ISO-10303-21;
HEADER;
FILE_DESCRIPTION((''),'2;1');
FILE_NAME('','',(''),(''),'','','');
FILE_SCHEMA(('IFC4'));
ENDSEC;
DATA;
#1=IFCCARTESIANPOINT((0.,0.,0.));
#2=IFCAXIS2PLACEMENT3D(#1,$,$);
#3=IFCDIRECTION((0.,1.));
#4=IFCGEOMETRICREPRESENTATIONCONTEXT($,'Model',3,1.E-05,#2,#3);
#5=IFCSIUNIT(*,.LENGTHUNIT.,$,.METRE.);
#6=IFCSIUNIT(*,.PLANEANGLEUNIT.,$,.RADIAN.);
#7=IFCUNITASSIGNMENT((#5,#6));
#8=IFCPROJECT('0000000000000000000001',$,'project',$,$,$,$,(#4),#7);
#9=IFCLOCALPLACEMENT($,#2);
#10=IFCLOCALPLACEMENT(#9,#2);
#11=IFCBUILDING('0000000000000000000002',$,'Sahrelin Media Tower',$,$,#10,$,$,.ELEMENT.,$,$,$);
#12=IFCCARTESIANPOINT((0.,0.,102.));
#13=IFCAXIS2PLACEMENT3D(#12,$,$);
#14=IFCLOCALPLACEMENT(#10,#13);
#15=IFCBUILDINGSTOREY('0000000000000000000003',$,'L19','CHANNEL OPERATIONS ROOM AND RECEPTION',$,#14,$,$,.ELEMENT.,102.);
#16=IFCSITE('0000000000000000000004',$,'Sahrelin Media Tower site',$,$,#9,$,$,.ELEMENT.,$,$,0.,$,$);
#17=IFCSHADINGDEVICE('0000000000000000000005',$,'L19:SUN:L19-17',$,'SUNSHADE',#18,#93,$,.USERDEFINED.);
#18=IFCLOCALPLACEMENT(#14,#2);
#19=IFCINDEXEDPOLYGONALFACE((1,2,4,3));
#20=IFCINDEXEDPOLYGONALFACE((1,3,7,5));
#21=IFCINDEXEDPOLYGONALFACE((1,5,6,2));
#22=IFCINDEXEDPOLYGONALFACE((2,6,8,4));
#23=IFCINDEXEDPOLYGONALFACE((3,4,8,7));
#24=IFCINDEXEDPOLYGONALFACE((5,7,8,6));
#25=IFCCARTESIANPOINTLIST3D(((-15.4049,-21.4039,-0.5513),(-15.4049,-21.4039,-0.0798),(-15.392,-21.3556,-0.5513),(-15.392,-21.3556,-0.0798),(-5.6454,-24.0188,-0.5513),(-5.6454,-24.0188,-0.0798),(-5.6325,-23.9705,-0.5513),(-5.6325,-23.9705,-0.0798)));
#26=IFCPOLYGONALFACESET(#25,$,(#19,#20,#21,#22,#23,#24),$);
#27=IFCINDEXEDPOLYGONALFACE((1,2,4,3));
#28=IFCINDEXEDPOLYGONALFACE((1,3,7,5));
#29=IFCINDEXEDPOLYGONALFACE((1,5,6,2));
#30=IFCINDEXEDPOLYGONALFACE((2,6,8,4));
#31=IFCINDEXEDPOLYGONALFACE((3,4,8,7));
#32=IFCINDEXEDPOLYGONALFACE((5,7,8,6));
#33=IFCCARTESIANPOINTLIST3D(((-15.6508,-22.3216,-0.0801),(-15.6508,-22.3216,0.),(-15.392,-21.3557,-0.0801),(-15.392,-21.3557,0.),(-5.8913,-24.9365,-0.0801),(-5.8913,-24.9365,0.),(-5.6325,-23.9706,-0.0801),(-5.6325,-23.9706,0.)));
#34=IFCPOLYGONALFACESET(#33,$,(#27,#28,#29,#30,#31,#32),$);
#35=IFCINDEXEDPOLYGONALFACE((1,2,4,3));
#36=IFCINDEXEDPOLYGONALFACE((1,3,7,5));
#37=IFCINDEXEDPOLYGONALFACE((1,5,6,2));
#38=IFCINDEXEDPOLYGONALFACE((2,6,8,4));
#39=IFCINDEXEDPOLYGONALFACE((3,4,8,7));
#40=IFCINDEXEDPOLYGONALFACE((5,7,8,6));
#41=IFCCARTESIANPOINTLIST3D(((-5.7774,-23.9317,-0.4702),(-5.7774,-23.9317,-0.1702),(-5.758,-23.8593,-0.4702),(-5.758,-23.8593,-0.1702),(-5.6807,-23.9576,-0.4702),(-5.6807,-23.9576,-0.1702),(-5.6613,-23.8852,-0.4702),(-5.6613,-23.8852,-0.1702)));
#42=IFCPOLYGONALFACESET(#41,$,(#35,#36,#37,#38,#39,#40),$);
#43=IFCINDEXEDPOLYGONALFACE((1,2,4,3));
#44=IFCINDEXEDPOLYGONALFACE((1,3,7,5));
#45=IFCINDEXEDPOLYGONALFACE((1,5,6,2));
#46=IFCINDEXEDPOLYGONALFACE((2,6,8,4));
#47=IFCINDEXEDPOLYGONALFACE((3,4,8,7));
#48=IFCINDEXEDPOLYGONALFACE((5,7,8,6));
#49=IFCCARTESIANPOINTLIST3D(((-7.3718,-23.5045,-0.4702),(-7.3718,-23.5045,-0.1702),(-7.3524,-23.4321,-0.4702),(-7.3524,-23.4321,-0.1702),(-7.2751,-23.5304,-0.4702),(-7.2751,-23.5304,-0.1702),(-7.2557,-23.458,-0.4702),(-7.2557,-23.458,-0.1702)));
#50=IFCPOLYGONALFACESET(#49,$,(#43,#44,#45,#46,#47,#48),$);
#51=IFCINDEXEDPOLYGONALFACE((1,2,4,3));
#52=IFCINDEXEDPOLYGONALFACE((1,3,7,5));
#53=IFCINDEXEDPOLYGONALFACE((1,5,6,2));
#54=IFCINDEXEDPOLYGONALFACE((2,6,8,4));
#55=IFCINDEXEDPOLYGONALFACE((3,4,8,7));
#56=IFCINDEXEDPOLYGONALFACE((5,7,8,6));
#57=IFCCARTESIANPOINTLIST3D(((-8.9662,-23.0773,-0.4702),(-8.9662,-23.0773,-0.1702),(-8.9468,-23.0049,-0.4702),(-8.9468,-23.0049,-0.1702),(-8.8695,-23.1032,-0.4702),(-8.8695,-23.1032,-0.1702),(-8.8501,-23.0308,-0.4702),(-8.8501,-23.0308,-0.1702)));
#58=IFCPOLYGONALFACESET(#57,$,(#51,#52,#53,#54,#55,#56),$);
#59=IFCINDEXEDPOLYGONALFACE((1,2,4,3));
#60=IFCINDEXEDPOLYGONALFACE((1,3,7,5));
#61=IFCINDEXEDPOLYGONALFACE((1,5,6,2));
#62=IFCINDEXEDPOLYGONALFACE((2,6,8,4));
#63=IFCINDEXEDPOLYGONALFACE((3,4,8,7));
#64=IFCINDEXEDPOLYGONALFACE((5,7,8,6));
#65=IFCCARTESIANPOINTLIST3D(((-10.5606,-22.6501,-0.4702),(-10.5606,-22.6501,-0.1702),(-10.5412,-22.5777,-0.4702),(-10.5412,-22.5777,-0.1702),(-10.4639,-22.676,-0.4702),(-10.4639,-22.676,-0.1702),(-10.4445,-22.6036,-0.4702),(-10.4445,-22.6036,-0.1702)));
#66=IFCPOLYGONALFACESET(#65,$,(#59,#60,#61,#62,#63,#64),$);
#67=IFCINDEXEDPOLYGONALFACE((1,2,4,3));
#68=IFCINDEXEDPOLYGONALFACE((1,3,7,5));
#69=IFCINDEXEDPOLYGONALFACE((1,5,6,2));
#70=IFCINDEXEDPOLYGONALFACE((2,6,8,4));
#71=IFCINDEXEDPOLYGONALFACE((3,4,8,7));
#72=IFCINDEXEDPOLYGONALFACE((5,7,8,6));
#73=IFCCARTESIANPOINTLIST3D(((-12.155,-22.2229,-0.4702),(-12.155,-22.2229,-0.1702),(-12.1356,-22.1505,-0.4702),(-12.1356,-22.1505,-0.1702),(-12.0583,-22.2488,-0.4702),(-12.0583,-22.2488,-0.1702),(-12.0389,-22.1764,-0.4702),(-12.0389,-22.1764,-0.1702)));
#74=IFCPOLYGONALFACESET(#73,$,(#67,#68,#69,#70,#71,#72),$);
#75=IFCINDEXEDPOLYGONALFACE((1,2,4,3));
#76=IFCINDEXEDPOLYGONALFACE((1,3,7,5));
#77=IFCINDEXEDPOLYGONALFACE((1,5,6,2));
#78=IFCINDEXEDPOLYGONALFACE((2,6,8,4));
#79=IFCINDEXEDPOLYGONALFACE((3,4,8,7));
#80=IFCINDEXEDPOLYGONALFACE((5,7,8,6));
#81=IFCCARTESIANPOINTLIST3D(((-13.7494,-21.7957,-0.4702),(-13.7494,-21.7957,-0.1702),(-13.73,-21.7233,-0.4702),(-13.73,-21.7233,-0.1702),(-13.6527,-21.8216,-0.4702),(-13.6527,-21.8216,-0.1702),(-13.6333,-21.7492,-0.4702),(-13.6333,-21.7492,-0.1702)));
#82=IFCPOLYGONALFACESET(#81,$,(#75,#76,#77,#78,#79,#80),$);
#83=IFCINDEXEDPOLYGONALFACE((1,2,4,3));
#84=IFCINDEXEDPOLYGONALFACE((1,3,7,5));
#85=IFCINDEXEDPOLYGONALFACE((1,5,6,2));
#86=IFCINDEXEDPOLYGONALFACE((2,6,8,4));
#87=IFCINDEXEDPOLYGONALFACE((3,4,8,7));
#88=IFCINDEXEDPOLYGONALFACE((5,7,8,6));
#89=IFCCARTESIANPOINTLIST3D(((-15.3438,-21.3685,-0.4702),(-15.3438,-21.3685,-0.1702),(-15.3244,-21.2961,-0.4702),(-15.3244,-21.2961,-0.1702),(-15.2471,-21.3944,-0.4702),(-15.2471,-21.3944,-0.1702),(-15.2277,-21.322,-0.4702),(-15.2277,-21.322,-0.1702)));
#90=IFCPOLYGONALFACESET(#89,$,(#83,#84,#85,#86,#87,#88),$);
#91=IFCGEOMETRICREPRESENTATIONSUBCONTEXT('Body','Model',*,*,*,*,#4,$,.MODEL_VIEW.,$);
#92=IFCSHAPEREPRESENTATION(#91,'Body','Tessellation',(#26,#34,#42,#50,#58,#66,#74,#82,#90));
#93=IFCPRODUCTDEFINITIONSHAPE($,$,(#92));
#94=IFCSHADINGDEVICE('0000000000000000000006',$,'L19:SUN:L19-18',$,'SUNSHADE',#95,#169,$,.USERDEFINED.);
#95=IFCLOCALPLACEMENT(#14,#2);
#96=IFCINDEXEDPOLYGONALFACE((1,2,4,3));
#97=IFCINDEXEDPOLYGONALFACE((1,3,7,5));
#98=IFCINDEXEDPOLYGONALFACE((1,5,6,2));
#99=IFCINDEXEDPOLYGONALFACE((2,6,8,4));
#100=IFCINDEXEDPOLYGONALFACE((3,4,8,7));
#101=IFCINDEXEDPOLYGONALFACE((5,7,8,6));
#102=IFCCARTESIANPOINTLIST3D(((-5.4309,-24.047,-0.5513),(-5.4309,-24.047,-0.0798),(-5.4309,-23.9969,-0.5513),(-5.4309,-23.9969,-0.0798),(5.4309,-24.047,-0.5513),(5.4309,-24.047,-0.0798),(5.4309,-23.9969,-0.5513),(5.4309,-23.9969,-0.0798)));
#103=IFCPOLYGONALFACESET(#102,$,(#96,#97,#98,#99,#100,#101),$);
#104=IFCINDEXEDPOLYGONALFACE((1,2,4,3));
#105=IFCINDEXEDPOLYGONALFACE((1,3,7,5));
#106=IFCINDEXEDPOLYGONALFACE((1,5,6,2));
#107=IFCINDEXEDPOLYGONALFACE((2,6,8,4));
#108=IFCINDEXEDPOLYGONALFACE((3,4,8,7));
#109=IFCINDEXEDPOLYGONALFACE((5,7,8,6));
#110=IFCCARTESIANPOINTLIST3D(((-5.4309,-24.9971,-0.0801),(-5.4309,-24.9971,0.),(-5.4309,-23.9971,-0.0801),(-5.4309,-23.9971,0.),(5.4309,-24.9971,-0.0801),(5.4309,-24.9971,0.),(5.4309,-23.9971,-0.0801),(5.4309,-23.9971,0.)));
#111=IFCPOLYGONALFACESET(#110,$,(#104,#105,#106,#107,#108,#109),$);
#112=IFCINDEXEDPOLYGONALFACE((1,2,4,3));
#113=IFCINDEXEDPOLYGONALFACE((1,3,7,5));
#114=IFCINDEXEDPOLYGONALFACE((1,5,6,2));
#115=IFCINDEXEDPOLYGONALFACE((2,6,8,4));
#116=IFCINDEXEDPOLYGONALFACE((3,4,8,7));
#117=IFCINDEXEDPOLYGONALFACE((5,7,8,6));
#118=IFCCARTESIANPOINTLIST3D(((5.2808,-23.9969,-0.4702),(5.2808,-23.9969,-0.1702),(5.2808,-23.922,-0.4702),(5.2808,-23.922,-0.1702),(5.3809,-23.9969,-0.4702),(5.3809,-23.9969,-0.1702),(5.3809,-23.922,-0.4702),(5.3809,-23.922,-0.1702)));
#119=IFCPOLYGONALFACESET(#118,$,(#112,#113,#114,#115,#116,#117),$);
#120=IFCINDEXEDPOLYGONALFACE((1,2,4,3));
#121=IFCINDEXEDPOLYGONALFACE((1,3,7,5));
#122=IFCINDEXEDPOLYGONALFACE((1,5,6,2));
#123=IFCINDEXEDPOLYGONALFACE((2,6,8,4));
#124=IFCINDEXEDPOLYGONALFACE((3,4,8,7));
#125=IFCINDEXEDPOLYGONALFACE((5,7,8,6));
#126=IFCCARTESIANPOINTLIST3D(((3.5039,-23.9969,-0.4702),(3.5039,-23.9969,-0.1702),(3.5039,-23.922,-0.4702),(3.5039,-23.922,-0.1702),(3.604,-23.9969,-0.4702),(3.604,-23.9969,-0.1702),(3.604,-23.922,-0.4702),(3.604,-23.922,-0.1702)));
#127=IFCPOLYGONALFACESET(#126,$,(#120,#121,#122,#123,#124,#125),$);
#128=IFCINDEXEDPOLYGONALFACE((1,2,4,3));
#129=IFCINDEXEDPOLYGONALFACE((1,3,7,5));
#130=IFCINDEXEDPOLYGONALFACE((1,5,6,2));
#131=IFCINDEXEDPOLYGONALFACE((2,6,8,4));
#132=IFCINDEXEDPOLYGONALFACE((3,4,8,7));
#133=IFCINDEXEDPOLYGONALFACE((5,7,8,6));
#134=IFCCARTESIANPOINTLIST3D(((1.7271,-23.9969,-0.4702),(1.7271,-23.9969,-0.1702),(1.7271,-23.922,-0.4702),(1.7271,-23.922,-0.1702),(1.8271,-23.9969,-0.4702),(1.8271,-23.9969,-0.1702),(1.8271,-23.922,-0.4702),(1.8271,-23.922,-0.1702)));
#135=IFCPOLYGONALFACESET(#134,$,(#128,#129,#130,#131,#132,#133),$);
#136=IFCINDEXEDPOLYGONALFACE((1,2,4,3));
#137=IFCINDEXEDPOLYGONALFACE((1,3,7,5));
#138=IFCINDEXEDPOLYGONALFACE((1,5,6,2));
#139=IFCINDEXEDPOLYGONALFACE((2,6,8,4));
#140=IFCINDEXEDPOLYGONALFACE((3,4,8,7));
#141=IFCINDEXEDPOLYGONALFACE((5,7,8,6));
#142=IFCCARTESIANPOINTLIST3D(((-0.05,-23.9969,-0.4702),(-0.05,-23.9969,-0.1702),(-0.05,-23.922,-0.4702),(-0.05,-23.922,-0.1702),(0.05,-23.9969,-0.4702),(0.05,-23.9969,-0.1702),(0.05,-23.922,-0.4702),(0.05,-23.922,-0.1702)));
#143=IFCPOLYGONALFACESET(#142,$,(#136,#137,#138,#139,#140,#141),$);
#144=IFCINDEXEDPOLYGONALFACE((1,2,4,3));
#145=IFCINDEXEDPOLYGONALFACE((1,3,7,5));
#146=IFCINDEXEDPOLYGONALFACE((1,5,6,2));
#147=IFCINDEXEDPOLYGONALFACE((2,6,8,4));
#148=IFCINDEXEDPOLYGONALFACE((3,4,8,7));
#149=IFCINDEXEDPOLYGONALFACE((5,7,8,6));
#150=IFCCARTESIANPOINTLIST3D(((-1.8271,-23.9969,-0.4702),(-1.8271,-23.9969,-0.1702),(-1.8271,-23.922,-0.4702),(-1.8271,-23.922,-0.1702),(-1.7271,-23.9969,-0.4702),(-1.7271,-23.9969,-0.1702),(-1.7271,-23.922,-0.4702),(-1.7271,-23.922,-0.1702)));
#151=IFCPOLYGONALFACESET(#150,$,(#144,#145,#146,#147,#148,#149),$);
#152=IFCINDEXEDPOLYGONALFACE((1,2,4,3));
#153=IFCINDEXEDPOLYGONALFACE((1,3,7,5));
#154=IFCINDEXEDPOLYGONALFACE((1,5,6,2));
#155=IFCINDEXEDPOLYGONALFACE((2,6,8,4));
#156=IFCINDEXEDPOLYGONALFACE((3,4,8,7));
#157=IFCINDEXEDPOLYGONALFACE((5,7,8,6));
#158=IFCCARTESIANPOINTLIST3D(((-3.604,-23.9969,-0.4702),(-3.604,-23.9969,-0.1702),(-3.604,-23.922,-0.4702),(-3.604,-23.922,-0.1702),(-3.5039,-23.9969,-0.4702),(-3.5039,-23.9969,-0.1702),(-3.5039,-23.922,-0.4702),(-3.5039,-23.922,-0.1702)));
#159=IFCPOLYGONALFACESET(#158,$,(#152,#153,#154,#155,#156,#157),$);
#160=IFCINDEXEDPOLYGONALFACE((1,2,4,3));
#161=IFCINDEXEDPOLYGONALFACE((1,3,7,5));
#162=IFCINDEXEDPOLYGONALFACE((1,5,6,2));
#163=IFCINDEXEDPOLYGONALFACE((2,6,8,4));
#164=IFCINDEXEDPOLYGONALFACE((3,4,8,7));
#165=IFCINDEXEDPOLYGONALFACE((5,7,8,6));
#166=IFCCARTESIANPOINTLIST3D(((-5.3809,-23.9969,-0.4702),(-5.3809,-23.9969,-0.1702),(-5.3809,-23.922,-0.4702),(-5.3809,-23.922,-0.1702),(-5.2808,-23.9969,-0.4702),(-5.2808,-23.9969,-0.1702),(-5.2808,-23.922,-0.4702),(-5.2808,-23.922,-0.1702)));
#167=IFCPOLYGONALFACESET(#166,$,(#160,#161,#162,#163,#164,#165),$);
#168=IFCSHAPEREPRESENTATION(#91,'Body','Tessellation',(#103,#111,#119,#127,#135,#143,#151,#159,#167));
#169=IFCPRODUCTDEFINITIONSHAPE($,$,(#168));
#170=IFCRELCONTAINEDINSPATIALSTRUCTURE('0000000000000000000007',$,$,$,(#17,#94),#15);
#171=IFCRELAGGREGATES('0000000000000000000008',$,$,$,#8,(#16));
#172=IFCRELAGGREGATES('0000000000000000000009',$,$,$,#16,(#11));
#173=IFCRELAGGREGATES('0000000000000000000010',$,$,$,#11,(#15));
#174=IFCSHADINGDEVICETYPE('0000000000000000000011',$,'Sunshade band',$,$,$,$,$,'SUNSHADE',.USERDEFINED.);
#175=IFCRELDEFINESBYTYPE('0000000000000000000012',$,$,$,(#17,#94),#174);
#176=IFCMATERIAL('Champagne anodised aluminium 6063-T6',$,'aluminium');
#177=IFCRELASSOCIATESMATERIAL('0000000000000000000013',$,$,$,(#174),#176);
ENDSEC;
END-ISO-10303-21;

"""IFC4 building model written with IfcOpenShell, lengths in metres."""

from ifc_helpers import new_model, si_unit, direction, frame, origin, origin_2d, place, context, subcontext, project, spatial, rectangle, extrude, material, type_object, element, save


model = new_model("IFC4")

# Units and contexts
model_context = context("Model", 3, precision=1e-05, world=origin(), true_north=direction((0.0, 1.0)))
body_context = subcontext(model_context, "Body", "Model", "MODEL_VIEW")
ifc_project = project(units=[si_unit("LENGTHUNIT", "METRE"), si_unit("PLANEANGLEUNIT", "RADIAN")], contexts=[model_context])

# Site, building, storey
site_placement = place(None, origin())
site = spatial("IfcSite", under=ifc_project, at=site_placement, Name="Sahrelin Media Tower site", CompositionType="ELEMENT", RefElevation=0.0)
building_placement = place(site_placement, origin())
building = spatial("IfcBuilding", under=site, at=building_placement, Name="Sahrelin Media Tower", CompositionType="ELEMENT")
storey_placement = place(building_placement, frame((0.0, 0.0, 102.0)))
storey = spatial("IfcBuildingStorey", under=building, at=storey_placement, Name="L19", Description="CHANNEL OPERATIONS ROOM AND RECEPTION", CompositionType="ELEMENT", Elevation=102.0)

# Shared definitions
ifc_material_1 = material(Name="Champagne anodised aluminium 6063-T6", Category="aluminium")

# Shading devices
placement = place(storey_placement, frame((-10.5071, -22.6438, 0.0), z_axis=(0.0, 0.0, 1.0), x_axis=(-0.965929, 0.258808, 0.0)))
shading_device_type_1 = type_object("IfcShadingDeviceType", Name="Sunshade band", ElementType="SUNSHADE", PredefinedType="USERDEFINED", material=ifc_material_1)
element("IfcShadingDevice", 1, at=placement, inside=storey, type_object=shading_device_type_1, Name="L19:SUN:L19-17", ObjectType="SUNSHADE", PredefinedType="USERDEFINED", context=body_context, shape_type="SweptSolid", body=[
    extrude(rectangle(XDim=10.1038, YDim=0.05, at=origin_2d()), frame((0.0, 0.0449, -0.5513)), (0.0, 0.0, 1.0), 0.4714),
    extrude(rectangle(XDim=10.1038, YDim=1.0, at=origin_2d()), frame((0.0, 0.52, -0.0801)), (0.0, 0.0, 1.0), 0.0801),
    extrude(rectangle(XDim=0.1001, YDim=0.075, at=origin_2d()), frame((-4.9519, -0.0176, -0.4702)), (0.0, 0.0, 1.0), 0.3),
    extrude(rectangle(XDim=0.1001, YDim=0.075, at=origin_2d()), frame((-3.3013, -0.0176, -0.4702)), (0.0, 0.0, 1.0), 0.3),
    extrude(rectangle(XDim=0.1001, YDim=0.075, at=origin_2d()), frame((-1.6506, -0.0176, -0.4702)), (0.0, 0.0, 1.0), 0.3),
    extrude(rectangle(XDim=0.1001, YDim=0.075, at=origin_2d()), frame((0.0, -0.0176, -0.4702)), (0.0, 0.0, 1.0), 0.3),
    extrude(rectangle(XDim=0.1001, YDim=0.075, at=origin_2d()), frame((1.6506, -0.0176, -0.4702)), (0.0, 0.0, 1.0), 0.3),
    extrude(rectangle(XDim=0.1001, YDim=0.075, at=origin_2d()), frame((3.3013, -0.0176, -0.4702)), (0.0, 0.0, 1.0), 0.3),
    extrude(rectangle(XDim=0.1001, YDim=0.075, at=origin_2d()), frame((4.9519, -0.0176, -0.4702)), (0.0, 0.0, 1.0), 0.3),
])
shading_device_1_placement = place(storey_placement, frame((0.0, -23.9771, 0.0), z_axis=(0.0, 0.0, 1.0), x_axis=(-1.0, 0.0, 0.0)))
element("IfcShadingDevice", 2, at=shading_device_1_placement, inside=storey, type_object=shading_device_type_1, Name="L19:SUN:L19-18", ObjectType="SUNSHADE", PredefinedType="USERDEFINED", context=body_context, shape_type="SweptSolid", body=[
    extrude(rectangle(XDim=10.8618, YDim=0.05, at=origin_2d()), frame((0.0, 0.0449, -0.5513)), (0.0, 0.0, 1.0), 0.4714),
    extrude(rectangle(XDim=10.8618, YDim=1.0, at=origin_2d()), frame((0.0, 0.52, -0.0801)), (0.0, 0.0, 1.0), 0.0801),
    extrude(rectangle(XDim=0.1001, YDim=0.075, at=origin_2d()), frame((-5.3308, -0.0176, -0.4702)), (0.0, 0.0, 1.0), 0.3),
    extrude(rectangle(XDim=0.1001, YDim=0.075, at=origin_2d()), frame((-3.554, -0.0176, -0.4702)), (0.0, 0.0, 1.0), 0.3),
    extrude(rectangle(XDim=0.1001, YDim=0.075, at=origin_2d()), frame((-1.7771, -0.0176, -0.4702)), (0.0, 0.0, 1.0), 0.3),
    extrude(rectangle(XDim=0.1001, YDim=0.075, at=origin_2d()), frame((0.0, -0.0176, -0.4702)), (0.0, 0.0, 1.0), 0.3),
    extrude(rectangle(XDim=0.1001, YDim=0.075, at=origin_2d()), frame((1.7771, -0.0176, -0.4702)), (0.0, 0.0, 1.0), 0.3),
    extrude(rectangle(XDim=0.1001, YDim=0.075, at=origin_2d()), frame((3.554, -0.0176, -0.4702)), (0.0, 0.0, 1.0), 0.3),
    extrude(rectangle(XDim=0.1001, YDim=0.075, at=origin_2d()), frame((5.3308, -0.0176, -0.4702)), (0.0, 0.0, 1.0), 0.3),
])

save(model, "model.ifc")
